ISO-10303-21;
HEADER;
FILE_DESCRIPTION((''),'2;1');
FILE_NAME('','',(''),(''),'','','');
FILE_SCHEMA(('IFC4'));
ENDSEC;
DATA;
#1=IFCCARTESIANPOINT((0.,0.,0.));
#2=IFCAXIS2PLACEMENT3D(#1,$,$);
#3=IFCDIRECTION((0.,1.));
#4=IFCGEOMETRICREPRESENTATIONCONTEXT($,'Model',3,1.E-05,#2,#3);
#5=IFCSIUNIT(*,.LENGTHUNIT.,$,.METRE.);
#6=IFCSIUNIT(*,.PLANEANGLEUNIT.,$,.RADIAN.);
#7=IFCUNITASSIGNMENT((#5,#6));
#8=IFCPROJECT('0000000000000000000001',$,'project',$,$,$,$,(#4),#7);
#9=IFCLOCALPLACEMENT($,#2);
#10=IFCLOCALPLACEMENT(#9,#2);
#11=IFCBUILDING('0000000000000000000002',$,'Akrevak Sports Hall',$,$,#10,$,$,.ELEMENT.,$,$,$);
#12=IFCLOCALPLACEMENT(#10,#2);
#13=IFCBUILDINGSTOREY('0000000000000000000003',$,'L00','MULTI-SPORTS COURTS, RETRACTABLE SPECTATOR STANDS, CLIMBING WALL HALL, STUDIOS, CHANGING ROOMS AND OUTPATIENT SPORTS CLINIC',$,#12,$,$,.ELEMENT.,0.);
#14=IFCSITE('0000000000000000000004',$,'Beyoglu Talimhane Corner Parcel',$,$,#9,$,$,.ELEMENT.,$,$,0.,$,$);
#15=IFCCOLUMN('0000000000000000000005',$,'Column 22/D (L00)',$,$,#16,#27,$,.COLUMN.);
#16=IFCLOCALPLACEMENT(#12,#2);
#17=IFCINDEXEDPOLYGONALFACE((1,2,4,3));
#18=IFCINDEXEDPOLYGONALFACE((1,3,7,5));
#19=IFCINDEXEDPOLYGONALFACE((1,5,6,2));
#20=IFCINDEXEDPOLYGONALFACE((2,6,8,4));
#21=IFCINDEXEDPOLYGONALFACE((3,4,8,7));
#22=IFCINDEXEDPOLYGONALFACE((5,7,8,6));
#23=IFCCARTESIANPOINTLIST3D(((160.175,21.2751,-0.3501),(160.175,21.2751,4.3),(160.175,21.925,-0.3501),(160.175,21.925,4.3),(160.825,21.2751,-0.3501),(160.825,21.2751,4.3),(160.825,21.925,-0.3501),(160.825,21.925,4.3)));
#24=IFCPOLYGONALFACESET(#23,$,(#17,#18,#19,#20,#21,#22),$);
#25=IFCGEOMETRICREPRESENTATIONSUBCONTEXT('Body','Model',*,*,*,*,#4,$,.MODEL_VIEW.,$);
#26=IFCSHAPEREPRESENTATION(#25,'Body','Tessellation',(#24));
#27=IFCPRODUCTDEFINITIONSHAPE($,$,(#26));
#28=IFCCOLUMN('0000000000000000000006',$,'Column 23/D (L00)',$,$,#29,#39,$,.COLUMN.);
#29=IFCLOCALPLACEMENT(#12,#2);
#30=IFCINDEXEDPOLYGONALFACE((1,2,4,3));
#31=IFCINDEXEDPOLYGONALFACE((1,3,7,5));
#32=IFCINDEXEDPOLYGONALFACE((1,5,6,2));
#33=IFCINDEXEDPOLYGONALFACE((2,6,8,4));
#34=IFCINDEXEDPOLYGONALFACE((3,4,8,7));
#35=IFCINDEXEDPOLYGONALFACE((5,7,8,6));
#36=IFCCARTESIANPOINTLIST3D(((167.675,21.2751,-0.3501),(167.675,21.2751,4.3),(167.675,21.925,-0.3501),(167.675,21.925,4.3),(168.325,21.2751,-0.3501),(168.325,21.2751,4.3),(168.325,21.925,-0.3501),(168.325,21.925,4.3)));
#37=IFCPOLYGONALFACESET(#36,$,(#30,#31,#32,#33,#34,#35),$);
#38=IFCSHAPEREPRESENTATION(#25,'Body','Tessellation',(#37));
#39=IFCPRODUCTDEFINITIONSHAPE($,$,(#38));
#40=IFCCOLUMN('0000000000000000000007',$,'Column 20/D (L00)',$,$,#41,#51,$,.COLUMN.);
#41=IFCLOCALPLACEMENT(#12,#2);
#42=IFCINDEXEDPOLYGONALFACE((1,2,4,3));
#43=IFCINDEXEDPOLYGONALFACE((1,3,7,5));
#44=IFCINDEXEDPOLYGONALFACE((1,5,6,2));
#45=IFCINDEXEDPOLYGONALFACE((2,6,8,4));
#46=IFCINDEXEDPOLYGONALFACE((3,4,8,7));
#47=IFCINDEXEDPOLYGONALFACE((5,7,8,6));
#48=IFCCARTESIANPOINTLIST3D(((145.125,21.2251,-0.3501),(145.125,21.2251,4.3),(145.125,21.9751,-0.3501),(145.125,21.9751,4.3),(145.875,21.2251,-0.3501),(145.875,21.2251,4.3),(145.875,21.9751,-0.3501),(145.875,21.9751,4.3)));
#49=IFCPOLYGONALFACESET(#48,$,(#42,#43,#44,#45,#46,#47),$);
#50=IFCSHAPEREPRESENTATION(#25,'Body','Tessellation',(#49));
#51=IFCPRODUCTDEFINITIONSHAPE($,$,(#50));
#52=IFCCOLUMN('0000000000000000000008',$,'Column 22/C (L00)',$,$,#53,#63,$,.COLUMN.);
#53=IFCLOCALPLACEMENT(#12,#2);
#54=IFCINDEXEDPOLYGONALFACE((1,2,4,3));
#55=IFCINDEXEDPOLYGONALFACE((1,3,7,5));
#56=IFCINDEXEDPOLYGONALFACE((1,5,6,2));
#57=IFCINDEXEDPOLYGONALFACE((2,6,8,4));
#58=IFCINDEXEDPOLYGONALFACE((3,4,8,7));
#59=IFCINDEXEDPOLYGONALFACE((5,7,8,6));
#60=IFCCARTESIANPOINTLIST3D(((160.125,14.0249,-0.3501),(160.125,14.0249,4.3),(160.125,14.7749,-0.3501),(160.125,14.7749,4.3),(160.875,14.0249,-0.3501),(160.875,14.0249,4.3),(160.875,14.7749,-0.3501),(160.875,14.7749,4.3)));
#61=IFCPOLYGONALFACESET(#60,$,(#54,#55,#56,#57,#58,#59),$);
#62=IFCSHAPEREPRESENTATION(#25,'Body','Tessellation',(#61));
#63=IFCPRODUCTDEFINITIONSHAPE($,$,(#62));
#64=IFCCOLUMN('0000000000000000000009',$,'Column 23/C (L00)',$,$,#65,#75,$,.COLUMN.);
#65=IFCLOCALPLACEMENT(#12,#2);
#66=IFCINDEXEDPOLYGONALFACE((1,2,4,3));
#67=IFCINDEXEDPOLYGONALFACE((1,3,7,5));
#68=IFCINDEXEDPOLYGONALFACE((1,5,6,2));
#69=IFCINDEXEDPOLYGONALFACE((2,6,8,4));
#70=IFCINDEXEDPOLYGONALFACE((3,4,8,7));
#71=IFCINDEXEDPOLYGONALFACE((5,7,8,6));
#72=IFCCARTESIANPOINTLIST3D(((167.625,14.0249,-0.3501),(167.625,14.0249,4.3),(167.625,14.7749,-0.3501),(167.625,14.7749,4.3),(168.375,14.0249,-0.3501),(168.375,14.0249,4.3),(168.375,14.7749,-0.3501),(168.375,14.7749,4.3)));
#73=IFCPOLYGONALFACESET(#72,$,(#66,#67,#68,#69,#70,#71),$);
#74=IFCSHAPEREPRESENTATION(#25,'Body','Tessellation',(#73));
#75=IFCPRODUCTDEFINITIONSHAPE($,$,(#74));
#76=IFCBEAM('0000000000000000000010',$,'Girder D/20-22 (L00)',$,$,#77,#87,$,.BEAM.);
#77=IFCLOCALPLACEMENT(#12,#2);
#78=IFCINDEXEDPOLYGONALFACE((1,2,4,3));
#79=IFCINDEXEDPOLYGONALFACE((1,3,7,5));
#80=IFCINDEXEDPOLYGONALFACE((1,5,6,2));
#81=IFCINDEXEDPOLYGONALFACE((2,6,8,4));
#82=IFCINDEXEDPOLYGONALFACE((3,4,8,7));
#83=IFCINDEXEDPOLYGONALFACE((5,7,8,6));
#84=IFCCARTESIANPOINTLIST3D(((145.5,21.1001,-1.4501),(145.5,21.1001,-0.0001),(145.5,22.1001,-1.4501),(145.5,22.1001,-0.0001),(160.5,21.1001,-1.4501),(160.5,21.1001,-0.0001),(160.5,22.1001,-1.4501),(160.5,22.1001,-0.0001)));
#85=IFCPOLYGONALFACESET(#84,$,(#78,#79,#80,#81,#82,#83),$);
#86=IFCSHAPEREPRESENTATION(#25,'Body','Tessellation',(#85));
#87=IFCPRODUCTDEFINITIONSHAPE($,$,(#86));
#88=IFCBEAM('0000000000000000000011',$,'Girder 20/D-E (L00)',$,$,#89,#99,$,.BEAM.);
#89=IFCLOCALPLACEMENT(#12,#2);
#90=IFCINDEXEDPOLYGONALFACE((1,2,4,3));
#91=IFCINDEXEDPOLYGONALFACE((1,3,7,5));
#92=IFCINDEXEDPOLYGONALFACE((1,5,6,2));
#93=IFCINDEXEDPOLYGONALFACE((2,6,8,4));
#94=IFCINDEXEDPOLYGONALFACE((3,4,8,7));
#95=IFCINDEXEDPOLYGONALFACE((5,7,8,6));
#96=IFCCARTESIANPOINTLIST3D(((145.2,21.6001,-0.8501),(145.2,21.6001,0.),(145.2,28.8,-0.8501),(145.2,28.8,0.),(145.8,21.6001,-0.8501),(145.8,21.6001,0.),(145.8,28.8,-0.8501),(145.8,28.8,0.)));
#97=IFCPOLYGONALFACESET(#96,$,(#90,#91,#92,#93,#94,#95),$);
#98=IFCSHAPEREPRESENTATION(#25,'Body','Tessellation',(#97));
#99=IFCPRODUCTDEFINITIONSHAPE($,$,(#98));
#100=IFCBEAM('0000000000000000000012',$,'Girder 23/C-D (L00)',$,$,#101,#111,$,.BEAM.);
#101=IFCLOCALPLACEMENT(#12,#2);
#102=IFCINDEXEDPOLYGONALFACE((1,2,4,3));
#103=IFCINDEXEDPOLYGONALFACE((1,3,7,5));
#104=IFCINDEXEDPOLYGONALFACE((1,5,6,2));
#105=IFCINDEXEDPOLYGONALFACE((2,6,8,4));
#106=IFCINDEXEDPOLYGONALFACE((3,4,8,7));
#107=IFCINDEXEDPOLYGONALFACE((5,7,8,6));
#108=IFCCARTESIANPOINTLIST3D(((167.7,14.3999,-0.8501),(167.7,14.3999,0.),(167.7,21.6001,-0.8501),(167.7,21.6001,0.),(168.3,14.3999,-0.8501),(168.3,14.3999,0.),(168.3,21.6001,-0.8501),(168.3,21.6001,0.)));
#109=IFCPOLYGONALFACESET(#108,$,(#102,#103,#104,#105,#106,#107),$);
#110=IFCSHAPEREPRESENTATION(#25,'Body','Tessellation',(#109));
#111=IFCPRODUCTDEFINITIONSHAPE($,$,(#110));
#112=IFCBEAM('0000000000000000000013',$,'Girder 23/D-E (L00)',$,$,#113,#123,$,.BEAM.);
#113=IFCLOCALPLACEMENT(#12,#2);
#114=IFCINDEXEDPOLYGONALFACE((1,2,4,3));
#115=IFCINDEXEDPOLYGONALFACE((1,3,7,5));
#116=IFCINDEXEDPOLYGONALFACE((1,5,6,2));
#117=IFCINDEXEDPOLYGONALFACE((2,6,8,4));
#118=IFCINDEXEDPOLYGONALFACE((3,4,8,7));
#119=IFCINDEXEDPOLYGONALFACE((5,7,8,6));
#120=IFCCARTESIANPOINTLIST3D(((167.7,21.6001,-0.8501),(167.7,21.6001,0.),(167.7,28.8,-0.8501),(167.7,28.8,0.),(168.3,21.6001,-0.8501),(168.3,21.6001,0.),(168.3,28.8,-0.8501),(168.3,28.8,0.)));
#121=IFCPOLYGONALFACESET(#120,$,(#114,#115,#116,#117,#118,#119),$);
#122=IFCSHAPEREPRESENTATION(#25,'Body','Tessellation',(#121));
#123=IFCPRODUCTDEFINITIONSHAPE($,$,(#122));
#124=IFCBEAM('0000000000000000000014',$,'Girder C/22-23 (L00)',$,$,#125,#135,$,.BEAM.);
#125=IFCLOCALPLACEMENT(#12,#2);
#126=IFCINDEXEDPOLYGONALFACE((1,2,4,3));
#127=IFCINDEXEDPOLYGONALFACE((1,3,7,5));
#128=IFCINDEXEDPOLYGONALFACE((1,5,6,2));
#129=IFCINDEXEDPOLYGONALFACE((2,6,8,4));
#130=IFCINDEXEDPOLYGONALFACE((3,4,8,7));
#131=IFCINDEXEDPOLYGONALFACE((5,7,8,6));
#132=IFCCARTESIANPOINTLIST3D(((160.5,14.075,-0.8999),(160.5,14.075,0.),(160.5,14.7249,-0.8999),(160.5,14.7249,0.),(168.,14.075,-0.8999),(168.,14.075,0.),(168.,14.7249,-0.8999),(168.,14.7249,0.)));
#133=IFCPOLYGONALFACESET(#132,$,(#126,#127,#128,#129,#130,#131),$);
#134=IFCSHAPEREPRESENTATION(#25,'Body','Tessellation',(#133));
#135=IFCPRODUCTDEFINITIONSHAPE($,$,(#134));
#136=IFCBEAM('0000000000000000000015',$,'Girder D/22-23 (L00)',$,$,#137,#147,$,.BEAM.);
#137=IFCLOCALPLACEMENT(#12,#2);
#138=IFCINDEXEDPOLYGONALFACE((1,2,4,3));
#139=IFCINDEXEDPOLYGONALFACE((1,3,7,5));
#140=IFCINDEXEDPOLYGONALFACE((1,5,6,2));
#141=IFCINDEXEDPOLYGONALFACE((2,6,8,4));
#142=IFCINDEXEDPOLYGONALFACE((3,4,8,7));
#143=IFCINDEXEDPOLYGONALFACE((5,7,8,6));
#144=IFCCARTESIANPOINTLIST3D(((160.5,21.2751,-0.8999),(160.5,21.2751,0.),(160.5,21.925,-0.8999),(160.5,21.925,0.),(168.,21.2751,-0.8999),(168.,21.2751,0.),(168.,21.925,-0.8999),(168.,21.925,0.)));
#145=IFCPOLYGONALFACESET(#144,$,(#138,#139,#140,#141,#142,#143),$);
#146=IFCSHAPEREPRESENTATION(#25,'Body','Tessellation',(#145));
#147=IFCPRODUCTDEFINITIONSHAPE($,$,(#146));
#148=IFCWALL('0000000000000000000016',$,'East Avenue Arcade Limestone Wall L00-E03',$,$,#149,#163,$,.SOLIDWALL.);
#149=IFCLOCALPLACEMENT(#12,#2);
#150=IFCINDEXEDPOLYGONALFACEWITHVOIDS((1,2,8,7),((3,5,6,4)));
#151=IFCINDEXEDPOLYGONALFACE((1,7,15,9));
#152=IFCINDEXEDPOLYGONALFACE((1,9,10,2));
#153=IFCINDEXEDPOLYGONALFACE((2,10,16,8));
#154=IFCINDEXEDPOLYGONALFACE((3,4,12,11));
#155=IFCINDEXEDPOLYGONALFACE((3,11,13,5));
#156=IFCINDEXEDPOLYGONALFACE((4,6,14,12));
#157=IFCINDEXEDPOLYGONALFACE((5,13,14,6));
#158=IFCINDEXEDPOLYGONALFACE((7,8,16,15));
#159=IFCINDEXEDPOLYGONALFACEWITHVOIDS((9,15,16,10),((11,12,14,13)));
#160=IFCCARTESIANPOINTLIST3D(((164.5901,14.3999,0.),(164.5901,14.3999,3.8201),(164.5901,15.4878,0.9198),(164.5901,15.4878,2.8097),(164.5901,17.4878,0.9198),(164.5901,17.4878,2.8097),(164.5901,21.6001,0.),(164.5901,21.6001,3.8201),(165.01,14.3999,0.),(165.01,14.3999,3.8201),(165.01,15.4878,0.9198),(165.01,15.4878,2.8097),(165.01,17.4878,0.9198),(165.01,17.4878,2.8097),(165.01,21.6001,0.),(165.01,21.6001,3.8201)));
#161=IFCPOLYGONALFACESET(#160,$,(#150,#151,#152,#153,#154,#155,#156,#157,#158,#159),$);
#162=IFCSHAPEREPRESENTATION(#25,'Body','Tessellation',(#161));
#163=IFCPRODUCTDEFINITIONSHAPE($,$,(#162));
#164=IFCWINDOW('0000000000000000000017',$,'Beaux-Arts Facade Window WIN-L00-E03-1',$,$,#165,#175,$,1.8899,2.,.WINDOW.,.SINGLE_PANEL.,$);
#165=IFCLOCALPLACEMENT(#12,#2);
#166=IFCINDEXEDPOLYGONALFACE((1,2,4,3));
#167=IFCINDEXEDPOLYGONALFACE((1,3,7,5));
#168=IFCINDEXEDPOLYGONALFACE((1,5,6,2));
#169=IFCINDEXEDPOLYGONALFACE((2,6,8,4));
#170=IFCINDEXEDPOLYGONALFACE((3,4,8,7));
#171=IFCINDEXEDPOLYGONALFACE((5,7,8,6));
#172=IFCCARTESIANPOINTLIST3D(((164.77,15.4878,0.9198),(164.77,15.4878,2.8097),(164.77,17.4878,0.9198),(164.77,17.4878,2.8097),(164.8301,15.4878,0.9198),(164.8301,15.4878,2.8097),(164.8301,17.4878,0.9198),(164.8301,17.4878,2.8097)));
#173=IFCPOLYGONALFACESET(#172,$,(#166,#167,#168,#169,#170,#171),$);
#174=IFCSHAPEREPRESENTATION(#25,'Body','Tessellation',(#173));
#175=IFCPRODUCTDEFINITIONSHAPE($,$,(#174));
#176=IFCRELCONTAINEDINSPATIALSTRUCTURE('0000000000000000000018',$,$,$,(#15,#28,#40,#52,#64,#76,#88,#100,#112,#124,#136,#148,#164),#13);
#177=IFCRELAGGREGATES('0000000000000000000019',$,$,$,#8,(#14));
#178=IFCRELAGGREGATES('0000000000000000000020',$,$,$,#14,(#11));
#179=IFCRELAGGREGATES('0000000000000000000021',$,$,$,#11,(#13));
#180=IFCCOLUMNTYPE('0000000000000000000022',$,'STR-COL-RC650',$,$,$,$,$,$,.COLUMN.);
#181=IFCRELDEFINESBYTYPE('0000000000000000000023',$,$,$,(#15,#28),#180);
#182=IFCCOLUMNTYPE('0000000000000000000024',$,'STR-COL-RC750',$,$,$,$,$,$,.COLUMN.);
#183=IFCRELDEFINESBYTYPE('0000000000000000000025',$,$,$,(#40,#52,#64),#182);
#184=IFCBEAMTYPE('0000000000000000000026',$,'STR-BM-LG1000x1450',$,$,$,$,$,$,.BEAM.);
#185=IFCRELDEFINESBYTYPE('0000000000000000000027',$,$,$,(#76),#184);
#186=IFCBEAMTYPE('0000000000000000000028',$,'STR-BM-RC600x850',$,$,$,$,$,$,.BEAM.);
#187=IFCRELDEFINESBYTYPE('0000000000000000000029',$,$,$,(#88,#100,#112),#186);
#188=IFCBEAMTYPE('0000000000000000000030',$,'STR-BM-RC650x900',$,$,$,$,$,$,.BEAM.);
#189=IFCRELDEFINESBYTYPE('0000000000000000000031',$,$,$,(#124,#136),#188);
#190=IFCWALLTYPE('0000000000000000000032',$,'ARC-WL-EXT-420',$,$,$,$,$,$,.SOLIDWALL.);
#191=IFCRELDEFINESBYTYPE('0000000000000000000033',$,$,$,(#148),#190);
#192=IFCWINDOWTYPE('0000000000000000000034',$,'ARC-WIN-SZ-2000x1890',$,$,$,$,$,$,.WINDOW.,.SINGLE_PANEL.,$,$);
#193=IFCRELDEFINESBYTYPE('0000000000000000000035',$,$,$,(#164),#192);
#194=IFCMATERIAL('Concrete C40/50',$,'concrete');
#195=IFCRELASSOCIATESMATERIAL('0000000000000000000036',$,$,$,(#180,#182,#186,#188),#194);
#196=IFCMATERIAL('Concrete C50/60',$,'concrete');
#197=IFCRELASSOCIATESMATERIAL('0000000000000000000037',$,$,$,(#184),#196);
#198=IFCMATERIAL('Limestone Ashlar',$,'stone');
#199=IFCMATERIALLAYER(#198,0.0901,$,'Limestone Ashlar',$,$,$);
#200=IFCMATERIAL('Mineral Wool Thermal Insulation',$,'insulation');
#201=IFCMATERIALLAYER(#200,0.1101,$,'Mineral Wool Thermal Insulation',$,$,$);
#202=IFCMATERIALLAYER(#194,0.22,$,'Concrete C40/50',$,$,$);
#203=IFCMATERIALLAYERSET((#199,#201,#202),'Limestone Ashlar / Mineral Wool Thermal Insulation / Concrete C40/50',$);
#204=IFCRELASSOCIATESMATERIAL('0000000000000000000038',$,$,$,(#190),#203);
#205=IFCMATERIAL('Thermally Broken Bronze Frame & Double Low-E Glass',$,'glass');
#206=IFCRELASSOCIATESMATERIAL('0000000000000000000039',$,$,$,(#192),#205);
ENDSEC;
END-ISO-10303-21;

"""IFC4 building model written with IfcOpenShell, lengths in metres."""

from ifc_helpers import new_model, si_unit, direction, frame, frame_2d, origin, origin_2d, place, context, subcontext, project, spatial, rectangle, extrude, material, layer, layer_set, material_profile, profile_set, type_object, element, fill, save


model = new_model("IFC4")

# Units and contexts
model_context = context("Model", 3, precision=1e-05, world=origin(), true_north=direction((0.0, 1.0)))
body_context = subcontext(model_context, "Body", "Model", "MODEL_VIEW")
ifc_project = project(units=[si_unit("LENGTHUNIT", "METRE"), si_unit("PLANEANGLEUNIT", "RADIAN")], contexts=[model_context])

# Site, building, storey
site_placement = place(None, origin())
site = spatial("IfcSite", under=ifc_project, at=site_placement, Name="Beyoglu Talimhane Corner Parcel", CompositionType="ELEMENT", RefElevation=0.0)
building_placement = place(site_placement, origin())
building = spatial("IfcBuilding", under=site, at=building_placement, Name="Akrevak Sports Hall", CompositionType="ELEMENT")
storey_placement = place(building_placement, origin())
storey = spatial("IfcBuildingStorey", under=building, at=storey_placement, Name="L00", Description="MULTI-SPORTS COURTS, RETRACTABLE SPECTATOR STANDS, CLIMBING WALL HALL, STUDIOS, CHANGING ROOMS AND OUTPATIENT SPORTS CLINIC", CompositionType="ELEMENT", Elevation=0.0)

# Columns
ifc_material_1 = material(Name="Concrete C40/50", Category="concrete")
ifc_material_profile_1 = material_profile(ifc_material_1, rectangle(XDim=0.6499, YDim=0.6499, at=origin_2d()), Name="RC 650x650", Category="concrete")
ifc_profile_set_1 = profile_set([ifc_material_profile_1], Name="Concrete C40/50")
column_type_1 = type_object("IfcColumnType", Name="STR-COL-RC650", PredefinedType="COLUMN", material=ifc_profile_set_1)
for number, where, z_axis, x_axis, name in (
    (1, (160.5, 21.6001, -0.3501), (0.0, 0.0, 1.0), (1.0, 0.0, 0.0), "Column 22/D (L00)"),
    (2, (168.0, 21.6001, -0.3501), (0.0, 0.0, 1.0), (1.0, 0.0, 0.0), "Column 23/D (L00)"),
):
    element("IfcColumn", number, at=place(storey_placement, frame(where, z_axis=z_axis, x_axis=x_axis)), inside=storey, type_object=column_type_1, Name=name, PredefinedType="COLUMN", context=body_context, shape_type="SweptSolid", body=[
        extrude(rectangle(XDim=0.6499, YDim=0.6499, at=origin_2d()), origin(), (0.0, 0.0, 1.0), 4.6501),
    ])
ifc_material_profile_2 = material_profile(ifc_material_1, rectangle(XDim=0.75, YDim=0.75, at=origin_2d()), Name="RC 750x750", Category="concrete")
ifc_profile_set_2 = profile_set([ifc_material_profile_2], Name="Concrete C40/50")
column_type_2 = type_object("IfcColumnType", Name="STR-COL-RC750", PredefinedType="COLUMN", material=ifc_profile_set_2)
for number, where, z_axis, x_axis, name in (
    (3, (145.5, 21.6001, -0.3501), (0.0, 0.0, 1.0), (1.0, 0.0, 0.0), "Column 20/D (L00)"),
    (4, (160.5, 14.3999, -0.3501), (0.0, 0.0, 1.0), (1.0, 0.0, 0.0), "Column 22/C (L00)"),
    (5, (168.0, 14.3999, -0.3501), (0.0, 0.0, 1.0), (1.0, 0.0, 0.0), "Column 23/C (L00)"),
):
    element("IfcColumn", number, at=place(storey_placement, frame(where, z_axis=z_axis, x_axis=x_axis)), inside=storey, type_object=column_type_2, Name=name, PredefinedType="COLUMN", context=body_context, shape_type="SweptSolid", body=[
        extrude(rectangle(XDim=0.75, YDim=0.75, at=origin_2d()), origin(), (0.0, 0.0, 1.0), 4.6501),
    ])

# Beams
ifc_material_2 = material(Name="Concrete C50/60", Category="concrete")
ifc_material_profile_3 = material_profile(ifc_material_2, rectangle(XDim=1.0, YDim=1.45, at=origin_2d()), Name="BM 1000x1450", Category="concrete")
ifc_profile_set_3 = profile_set([ifc_material_profile_3], Name="Concrete C50/60")
beam_type_1 = type_object("IfcBeamType", Name="STR-BM-LG1000x1450", PredefinedType="BEAM", material=ifc_profile_set_3)
beam_1_placement = place(storey_placement, frame((145.5, 21.6001, -0.7251), z_axis=(1.0, 0.0, 0.0), x_axis=(0.0, 1.0, 0.0)))
element("IfcBeam", 6, at=beam_1_placement, inside=storey, type_object=beam_type_1, Name="Girder D/20-22 (L00)", PredefinedType="BEAM", context=body_context, shape_type="SweptSolid", body=[
    extrude(rectangle(XDim=1.0, YDim=1.45, at=origin_2d()), origin(), (0.0, 0.0, 1.0), 15.0),
])
ifc_material_profile_4 = material_profile(ifc_material_1, rectangle(XDim=0.6001, YDim=0.8501, at=origin_2d()), Name="BM 600x850", Category="concrete")
ifc_profile_set_4 = profile_set([ifc_material_profile_4], Name="Concrete C40/50")
beam_type_2 = type_object("IfcBeamType", Name="STR-BM-RC600x850", PredefinedType="BEAM", material=ifc_profile_set_4)
beam_2_placement = place(storey_placement, frame((145.5, 21.6001, -0.425), z_axis=(0.0, 1.0, 0.0), x_axis=(-1.0, 0.0, 0.0)))
element("IfcBeam", 7, at=beam_2_placement, inside=storey, type_object=beam_type_2, Name="Girder 20/D-E (L00)", PredefinedType="BEAM", context=body_context, shape_type="SweptSolid", body=[
    extrude(rectangle(XDim=0.6001, YDim=0.8501, at=origin_2d()), origin(), (0.0, 0.0, 1.0), 7.2),
])
beam_3_placement = place(storey_placement, frame((168.0, 14.3999, -0.425), z_axis=(0.0, 1.0, 0.0), x_axis=(-1.0, 0.0, 0.0)))
element("IfcBeam", 8, at=beam_3_placement, inside=storey, type_object=beam_type_2, Name="Girder 23/C-D (L00)", PredefinedType="BEAM", context=body_context, shape_type="SweptSolid", body=[
    extrude(rectangle(XDim=0.6001, YDim=0.8501, at=origin_2d()), origin(), (0.0, 0.0, 1.0), 7.2002),
])
beam_4_placement = place(storey_placement, frame((168.0, 21.6001, -0.425), z_axis=(0.0, 1.0, 0.0), x_axis=(-1.0, 0.0, 0.0)))
element("IfcBeam", 9, at=beam_4_placement, inside=storey, type_object=beam_type_2, Name="Girder 23/D-E (L00)", PredefinedType="BEAM", context=body_context, shape_type="SweptSolid", body=[
    extrude(rectangle(XDim=0.6001, YDim=0.8501, at=origin_2d()), origin(), (0.0, 0.0, 1.0), 7.2),
])
ifc_material_profile_5 = material_profile(ifc_material_1, rectangle(XDim=0.6499, YDim=0.8999, at=origin_2d()), Name="BM 650x900", Category="concrete")
ifc_profile_set_5 = profile_set([ifc_material_profile_5], Name="Concrete C40/50")
beam_type_3 = type_object("IfcBeamType", Name="STR-BM-RC650x900", PredefinedType="BEAM", material=ifc_profile_set_5)
for number, where, z_axis, x_axis, name in (
    (10, (160.5, 14.3999, -0.45), (1.0, 0.0, 0.0), (0.0, 1.0, 0.0), "Girder C/22-23 (L00)"),
    (11, (160.5, 21.6001, -0.45), (1.0, 0.0, 0.0), (0.0, 1.0, 0.0), "Girder D/22-23 (L00)"),
):
    element("IfcBeam", number, at=place(storey_placement, frame(where, z_axis=z_axis, x_axis=x_axis)), inside=storey, type_object=beam_type_3, Name=name, PredefinedType="BEAM", context=body_context, shape_type="SweptSolid", body=[
        extrude(rectangle(XDim=0.6499, YDim=0.8999, at=origin_2d()), origin(), (0.0, 0.0, 1.0), 7.5),
    ])

# Wall, opening, window
ifc_material_3 = material(Name="Limestone Ashlar", Category="stone")
ifc_layer_1 = layer(ifc_material_3, 0.0901, Name="Limestone Ashlar")
ifc_material_4 = material(Name="Mineral Wool Thermal Insulation", Category="insulation")
ifc_layer_2 = layer(ifc_material_4, 0.1101, Name="Mineral Wool Thermal Insulation")
ifc_layer_3 = layer(ifc_material_1, 0.22, Name="Concrete C40/50")
ifc_layer_set_1 = layer_set([ifc_layer_1, ifc_layer_2, ifc_layer_3], Name="Limestone Ashlar / Mineral Wool Thermal Insulation / Concrete C40/50")
wall_type_1 = type_object("IfcWallType", Name="ARC-WL-EXT-420", PredefinedType="SOLIDWALL", material=ifc_layer_set_1)
wall_1_placement = place(storey_placement, frame((164.8, 14.3999, 0.0), z_axis=(0.0, 0.0, 1.0), x_axis=(0.0, 1.0, 0.0)))
wall_1 = element("IfcWall", 12, at=wall_1_placement, inside=storey, type_object=wall_type_1, Name="East Avenue Arcade Limestone Wall L00-E03", PredefinedType="SOLIDWALL", context=body_context, shape_type="SweptSolid", body=[
    extrude(rectangle(XDim=7.2002, YDim=0.4199, at=frame_2d((3.6001, 0.0))), origin(), (0.0, 0.0, 1.0), 3.8201),
])
opening_1_placement = place(wall_1_placement, frame((1.0879, 0.0, 0.9199)))
opening_1 = element("IfcOpeningElement", 13, at=opening_1_placement, cuts=wall_1, PredefinedType="OPENING", context=body_context, shape_type="SweptSolid", body=[
    extrude(rectangle(XDim=2.0, YDim=1.8899, at=frame_2d((1.0, 0.9448))), frame((0.0, 0.2219, 0.0), z_axis=(0.0, -1.0, 0.0), x_axis=(1.0, 0.0, 0.0)), (0.0, 0.0, 1.0), 0.4438),
])
ifc_material_5 = material(Name="Thermally Broken Bronze Frame & Double Low-E Glass", Category="glass")
window_type = type_object("IfcWindowType", Name="ARC-WIN-SZ-2000x1890", PartitioningType="SINGLE_PANEL", PredefinedType="WINDOW", material=ifc_material_5)
window_1_placement = place(opening_1_placement, origin())
window_1 = element("IfcWindow", 14, at=window_1_placement, inside=storey, type_object=window_type, Name="Beaux-Arts Facade Window WIN-L00-E03-1", OverallHeight=1.8899, OverallWidth=2.0, PartitioningType="SINGLE_PANEL", PredefinedType="WINDOW", context=body_context, shape_type="SweptSolid", body=[
    extrude(rectangle(XDim=2.0, YDim=1.8899, at=frame_2d((1.0, 0.9448))), frame((0.0, 0.03, 0.0), z_axis=(0.0, -1.0, 0.0), x_axis=(1.0, 0.0, 0.0)), (0.0, 0.0, 1.0), 0.0601),
])
fill(opening_1, window_1)

save(model, "model.ifc")
